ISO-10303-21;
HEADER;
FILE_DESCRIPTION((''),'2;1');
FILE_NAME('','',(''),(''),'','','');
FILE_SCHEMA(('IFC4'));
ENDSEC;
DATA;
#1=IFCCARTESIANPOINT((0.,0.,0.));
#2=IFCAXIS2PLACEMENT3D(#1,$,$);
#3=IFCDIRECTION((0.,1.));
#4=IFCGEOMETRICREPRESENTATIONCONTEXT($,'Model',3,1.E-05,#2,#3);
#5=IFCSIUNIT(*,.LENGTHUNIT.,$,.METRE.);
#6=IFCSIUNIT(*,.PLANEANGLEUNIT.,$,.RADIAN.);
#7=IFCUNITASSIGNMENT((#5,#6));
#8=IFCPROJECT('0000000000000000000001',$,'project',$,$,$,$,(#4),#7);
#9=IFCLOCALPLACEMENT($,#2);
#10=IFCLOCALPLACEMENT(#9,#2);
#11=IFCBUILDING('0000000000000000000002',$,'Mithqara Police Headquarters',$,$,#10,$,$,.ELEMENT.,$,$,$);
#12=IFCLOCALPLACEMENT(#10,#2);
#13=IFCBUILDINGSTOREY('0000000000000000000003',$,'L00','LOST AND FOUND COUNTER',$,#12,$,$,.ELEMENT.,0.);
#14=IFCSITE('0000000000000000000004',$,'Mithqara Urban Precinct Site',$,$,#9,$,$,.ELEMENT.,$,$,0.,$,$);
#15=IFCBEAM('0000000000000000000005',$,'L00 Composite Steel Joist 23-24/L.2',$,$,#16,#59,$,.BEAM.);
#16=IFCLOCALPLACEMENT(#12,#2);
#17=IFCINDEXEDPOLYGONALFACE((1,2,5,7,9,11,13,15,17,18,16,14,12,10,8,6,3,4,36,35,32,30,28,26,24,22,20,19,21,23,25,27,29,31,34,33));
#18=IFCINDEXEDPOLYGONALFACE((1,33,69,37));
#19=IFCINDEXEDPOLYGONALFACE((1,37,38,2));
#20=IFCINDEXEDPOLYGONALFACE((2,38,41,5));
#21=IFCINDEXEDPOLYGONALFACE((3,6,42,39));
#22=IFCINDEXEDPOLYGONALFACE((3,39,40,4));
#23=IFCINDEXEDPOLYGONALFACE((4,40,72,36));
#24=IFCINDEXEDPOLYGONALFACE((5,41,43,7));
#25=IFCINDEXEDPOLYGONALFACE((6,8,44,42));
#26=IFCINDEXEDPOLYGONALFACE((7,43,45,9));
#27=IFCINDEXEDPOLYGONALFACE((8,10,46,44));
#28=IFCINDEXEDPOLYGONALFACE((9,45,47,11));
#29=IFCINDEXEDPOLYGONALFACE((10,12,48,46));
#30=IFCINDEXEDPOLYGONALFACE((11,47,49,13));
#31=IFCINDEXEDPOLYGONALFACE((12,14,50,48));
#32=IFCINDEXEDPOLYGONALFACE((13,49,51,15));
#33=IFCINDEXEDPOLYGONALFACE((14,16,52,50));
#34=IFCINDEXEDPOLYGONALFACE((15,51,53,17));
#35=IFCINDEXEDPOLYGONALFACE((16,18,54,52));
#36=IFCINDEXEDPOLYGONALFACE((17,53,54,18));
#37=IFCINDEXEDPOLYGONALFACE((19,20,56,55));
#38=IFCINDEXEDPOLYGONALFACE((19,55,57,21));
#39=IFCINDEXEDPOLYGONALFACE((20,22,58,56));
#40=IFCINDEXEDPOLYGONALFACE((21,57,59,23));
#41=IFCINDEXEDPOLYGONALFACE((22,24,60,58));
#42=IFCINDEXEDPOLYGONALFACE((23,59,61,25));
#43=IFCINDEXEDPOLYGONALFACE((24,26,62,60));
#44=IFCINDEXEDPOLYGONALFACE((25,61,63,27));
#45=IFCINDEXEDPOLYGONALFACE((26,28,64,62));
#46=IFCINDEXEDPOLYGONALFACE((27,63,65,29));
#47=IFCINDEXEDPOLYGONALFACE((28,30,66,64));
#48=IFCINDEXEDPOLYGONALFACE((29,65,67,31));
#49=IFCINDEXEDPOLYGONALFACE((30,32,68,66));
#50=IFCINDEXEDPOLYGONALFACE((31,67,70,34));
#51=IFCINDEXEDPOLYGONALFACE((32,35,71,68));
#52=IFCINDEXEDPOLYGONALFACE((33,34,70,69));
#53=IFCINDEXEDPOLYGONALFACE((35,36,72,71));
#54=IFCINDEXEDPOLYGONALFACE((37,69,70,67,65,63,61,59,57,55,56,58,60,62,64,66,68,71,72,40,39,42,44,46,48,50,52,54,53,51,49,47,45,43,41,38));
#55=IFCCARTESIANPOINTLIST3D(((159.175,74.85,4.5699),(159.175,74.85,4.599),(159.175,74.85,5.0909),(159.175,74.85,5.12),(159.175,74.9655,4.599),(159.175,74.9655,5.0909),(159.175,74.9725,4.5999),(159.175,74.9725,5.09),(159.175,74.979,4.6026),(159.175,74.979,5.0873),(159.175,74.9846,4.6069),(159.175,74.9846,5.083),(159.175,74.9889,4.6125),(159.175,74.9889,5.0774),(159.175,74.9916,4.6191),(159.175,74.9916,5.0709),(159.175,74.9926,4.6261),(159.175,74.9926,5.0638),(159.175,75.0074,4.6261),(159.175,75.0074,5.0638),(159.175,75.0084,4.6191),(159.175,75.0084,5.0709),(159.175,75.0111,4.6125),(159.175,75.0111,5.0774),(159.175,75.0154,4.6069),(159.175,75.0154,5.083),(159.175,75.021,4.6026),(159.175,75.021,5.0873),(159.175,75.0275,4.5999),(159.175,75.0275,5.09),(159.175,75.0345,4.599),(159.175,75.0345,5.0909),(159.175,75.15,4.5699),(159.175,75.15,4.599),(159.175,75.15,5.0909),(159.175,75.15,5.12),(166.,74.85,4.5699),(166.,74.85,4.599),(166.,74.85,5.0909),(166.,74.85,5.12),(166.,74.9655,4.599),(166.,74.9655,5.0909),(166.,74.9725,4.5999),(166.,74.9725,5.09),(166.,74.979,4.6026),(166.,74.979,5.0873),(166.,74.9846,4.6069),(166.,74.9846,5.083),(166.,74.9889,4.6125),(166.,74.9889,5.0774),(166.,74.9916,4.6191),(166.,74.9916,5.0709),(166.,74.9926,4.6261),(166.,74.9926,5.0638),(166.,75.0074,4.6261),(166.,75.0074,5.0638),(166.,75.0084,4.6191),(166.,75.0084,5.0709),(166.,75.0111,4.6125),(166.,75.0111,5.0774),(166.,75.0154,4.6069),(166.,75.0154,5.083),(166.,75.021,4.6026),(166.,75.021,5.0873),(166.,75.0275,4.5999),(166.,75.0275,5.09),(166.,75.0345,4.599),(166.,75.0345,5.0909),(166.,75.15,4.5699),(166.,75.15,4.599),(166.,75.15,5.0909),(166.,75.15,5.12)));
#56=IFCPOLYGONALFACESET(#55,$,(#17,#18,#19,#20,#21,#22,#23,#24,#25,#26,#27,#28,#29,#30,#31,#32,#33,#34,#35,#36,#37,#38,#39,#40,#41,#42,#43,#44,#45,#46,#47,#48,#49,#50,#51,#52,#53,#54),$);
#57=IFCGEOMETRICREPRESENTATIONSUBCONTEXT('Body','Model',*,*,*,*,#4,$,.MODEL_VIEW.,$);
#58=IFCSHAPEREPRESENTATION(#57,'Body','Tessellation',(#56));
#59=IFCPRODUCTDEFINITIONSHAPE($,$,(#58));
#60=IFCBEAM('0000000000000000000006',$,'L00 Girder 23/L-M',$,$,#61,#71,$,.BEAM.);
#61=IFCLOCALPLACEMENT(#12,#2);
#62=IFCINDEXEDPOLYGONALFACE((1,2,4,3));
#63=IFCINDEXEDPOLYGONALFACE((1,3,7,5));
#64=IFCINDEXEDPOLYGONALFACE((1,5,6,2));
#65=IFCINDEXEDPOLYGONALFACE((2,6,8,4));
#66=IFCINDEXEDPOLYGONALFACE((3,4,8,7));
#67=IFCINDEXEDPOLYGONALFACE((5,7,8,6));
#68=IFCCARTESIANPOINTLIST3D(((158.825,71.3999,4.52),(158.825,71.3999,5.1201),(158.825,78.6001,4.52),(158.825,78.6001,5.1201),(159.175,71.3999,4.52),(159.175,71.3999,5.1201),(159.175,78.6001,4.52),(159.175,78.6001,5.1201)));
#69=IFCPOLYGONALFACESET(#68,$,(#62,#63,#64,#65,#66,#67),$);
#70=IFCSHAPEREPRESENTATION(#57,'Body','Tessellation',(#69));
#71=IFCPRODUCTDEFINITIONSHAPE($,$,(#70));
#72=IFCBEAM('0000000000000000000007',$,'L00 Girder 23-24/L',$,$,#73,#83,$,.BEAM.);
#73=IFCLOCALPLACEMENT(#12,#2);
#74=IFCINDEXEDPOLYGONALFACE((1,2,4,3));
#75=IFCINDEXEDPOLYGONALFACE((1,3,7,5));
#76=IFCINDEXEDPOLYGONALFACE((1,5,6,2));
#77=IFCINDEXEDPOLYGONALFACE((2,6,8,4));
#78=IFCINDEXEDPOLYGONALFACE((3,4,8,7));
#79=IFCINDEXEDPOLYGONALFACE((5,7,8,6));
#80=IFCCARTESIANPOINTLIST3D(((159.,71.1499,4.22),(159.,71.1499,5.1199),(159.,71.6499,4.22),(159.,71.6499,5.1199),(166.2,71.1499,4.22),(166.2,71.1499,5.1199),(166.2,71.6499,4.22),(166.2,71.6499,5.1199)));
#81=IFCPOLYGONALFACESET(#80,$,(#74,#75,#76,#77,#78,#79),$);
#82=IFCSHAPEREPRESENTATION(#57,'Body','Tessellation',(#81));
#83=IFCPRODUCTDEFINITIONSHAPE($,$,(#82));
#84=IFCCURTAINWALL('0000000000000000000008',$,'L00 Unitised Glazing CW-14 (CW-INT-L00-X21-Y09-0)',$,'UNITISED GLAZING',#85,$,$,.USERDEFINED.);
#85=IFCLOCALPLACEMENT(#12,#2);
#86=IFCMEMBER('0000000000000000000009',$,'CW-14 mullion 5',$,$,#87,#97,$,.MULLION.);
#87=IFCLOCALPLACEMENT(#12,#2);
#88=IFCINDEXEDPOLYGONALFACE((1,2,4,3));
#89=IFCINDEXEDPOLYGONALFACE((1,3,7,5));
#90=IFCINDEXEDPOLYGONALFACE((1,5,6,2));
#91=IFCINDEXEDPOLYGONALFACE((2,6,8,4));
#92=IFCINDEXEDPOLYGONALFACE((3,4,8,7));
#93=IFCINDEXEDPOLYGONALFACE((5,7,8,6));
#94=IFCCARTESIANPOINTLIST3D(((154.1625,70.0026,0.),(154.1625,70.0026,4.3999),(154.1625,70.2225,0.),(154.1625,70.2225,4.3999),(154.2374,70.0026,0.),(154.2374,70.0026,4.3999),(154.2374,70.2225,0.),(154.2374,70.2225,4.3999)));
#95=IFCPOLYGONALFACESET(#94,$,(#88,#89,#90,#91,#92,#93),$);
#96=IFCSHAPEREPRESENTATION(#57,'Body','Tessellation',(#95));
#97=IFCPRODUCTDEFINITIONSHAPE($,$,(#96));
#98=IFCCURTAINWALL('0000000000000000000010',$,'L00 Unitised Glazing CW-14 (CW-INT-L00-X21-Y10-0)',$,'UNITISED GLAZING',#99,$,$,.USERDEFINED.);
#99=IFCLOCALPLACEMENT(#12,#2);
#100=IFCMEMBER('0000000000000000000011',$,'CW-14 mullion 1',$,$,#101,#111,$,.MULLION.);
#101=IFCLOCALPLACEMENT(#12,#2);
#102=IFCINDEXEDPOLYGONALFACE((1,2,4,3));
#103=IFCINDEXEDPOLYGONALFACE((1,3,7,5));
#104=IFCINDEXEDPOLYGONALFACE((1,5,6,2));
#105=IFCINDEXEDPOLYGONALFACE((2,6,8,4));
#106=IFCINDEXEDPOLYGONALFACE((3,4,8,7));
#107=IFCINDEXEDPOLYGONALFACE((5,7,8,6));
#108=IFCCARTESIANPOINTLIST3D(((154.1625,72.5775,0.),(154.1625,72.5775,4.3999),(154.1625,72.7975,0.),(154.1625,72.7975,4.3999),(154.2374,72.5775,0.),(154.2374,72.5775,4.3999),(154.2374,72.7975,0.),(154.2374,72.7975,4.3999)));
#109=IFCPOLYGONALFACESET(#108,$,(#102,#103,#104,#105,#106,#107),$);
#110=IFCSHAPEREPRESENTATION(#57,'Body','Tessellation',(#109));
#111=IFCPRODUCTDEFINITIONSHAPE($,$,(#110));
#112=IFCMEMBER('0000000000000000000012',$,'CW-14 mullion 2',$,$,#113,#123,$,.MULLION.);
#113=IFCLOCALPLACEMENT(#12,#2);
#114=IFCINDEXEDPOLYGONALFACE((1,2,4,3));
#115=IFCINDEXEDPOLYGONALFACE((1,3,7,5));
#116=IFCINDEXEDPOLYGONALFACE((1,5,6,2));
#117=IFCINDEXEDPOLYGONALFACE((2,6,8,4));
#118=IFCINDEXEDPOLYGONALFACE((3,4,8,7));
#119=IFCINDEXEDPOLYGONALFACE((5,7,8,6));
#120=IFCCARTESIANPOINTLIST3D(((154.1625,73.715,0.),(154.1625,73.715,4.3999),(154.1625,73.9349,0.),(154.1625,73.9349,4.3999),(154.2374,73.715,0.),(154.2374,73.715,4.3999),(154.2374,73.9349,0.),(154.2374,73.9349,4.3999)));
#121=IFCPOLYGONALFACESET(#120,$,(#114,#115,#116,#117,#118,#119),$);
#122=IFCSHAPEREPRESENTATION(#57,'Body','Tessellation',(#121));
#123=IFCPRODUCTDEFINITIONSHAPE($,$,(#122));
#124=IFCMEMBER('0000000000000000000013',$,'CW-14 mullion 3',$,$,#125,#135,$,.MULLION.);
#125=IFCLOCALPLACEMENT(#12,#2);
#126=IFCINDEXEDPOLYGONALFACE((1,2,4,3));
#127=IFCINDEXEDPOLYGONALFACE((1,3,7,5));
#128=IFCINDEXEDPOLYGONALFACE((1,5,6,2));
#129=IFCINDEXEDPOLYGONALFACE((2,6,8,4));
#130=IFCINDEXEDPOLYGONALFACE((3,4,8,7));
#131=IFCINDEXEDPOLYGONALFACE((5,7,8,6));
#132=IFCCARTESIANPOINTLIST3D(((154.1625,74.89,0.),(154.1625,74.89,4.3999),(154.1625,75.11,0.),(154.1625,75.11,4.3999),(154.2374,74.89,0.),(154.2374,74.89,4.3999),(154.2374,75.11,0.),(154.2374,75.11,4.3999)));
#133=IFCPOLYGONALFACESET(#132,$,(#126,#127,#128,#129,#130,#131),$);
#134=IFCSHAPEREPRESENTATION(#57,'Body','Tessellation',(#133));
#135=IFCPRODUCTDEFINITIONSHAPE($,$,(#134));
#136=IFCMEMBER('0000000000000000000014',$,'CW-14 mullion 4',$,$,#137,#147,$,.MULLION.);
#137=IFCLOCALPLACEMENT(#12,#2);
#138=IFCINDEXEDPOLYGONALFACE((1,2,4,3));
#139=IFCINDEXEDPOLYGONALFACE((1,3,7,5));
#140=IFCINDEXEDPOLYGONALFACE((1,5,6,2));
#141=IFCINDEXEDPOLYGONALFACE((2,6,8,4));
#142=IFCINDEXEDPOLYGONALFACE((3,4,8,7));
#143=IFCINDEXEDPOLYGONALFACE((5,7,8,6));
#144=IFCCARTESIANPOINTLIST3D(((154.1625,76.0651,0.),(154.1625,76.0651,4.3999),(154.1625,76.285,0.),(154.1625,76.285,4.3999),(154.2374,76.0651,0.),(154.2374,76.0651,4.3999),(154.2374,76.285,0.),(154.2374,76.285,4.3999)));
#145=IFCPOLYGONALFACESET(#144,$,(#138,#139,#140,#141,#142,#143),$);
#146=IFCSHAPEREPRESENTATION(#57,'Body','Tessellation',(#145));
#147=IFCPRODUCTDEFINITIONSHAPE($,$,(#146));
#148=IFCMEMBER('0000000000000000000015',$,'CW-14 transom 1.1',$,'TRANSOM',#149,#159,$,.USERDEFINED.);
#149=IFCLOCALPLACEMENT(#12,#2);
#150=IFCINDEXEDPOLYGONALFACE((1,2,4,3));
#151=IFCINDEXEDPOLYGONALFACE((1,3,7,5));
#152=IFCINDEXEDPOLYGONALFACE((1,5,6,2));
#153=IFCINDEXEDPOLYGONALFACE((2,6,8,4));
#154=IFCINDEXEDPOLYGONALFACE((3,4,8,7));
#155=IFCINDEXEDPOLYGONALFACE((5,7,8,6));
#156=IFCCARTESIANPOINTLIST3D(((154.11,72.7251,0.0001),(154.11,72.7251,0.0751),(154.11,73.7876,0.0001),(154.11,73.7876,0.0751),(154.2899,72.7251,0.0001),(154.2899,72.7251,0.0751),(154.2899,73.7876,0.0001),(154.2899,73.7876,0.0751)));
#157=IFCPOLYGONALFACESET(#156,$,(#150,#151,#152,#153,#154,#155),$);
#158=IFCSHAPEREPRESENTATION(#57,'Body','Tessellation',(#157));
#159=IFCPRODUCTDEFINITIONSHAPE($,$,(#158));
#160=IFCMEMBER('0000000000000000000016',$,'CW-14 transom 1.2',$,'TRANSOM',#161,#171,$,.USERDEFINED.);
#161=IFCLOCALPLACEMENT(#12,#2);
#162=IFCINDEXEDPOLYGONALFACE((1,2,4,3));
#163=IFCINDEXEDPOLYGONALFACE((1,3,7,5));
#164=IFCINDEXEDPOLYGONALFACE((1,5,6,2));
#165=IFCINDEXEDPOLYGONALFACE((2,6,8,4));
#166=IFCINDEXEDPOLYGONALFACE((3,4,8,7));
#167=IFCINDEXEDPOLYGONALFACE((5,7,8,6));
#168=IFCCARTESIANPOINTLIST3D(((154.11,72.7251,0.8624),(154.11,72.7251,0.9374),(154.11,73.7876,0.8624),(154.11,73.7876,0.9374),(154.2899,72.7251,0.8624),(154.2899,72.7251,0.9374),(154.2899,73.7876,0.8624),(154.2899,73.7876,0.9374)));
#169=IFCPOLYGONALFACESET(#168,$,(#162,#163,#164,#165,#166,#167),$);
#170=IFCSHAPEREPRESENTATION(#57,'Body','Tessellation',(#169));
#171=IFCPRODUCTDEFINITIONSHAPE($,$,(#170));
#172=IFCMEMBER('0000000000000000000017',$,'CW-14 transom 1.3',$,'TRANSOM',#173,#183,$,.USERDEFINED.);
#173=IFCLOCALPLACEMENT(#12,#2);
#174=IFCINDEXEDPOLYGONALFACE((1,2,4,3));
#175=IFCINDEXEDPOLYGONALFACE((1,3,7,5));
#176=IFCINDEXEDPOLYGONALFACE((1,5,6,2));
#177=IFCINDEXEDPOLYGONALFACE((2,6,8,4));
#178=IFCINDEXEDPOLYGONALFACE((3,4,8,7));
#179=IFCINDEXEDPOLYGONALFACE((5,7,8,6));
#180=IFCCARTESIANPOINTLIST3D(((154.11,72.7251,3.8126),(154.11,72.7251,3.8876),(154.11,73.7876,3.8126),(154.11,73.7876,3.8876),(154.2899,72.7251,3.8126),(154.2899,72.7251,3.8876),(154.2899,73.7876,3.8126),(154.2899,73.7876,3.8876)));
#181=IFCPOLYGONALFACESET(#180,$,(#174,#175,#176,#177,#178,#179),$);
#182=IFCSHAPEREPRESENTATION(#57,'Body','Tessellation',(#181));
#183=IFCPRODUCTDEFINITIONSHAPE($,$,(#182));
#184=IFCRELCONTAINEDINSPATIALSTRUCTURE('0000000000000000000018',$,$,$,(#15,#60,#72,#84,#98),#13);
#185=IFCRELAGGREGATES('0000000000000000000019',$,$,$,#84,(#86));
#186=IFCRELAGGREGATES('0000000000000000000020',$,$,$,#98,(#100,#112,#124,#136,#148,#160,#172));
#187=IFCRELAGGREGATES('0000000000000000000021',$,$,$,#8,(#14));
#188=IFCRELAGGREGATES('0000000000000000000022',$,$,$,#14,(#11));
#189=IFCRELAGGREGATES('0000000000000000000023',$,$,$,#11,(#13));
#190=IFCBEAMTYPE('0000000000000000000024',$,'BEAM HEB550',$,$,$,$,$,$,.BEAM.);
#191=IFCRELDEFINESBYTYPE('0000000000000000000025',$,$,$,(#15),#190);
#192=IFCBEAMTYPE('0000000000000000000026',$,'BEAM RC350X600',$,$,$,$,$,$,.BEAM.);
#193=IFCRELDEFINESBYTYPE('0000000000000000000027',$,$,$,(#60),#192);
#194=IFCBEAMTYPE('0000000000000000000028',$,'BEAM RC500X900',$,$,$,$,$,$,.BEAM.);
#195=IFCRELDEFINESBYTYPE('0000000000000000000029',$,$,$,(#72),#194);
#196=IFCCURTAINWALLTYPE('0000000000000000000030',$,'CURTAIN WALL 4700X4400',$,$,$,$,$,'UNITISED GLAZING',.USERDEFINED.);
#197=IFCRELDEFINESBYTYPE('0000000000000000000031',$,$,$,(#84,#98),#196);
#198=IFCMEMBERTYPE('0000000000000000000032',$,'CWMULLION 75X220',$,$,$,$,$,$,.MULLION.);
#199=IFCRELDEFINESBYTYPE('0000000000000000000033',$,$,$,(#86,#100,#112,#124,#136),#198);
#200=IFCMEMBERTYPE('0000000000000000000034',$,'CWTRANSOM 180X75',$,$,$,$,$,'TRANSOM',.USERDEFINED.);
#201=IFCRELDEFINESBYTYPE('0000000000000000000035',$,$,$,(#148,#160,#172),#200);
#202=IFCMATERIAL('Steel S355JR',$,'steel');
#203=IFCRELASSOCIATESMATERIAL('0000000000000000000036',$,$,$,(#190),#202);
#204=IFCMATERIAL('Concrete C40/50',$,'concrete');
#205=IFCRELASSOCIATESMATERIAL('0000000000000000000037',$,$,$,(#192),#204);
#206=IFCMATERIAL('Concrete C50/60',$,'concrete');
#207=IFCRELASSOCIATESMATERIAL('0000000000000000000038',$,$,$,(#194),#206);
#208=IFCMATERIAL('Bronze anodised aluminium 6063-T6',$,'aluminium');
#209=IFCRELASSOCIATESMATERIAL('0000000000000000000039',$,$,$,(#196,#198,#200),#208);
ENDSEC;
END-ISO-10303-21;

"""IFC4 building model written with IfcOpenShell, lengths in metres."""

from ifc_helpers import new_model, si_unit, direction, frame, origin, origin_2d, place, context, subcontext, project, spatial, rectangle, i_section, extrude, material, material_profile, profile_set, type_object, element, aggregate, save


model = new_model("IFC4")

# Units and contexts
model_context = context("Model", 3, precision=1e-05, world=origin(), true_north=direction((0.0, 1.0)))
body_context = subcontext(model_context, "Body", "Model", "MODEL_VIEW")
ifc_project = project(units=[si_unit("LENGTHUNIT", "METRE"), si_unit("PLANEANGLEUNIT", "RADIAN")], contexts=[model_context])

# Site, building, storey
site_placement = place(None, origin())
site = spatial("IfcSite", under=ifc_project, at=site_placement, Name="Mithqara Urban Precinct Site", CompositionType="ELEMENT", RefElevation=0.0)
building_placement = place(site_placement, origin())
building = spatial("IfcBuilding", under=site, at=building_placement, Name="Mithqara Police Headquarters", CompositionType="ELEMENT")
storey_placement = place(building_placement, origin())
storey = spatial("IfcBuildingStorey", under=building, at=storey_placement, Name="L00", Description="LOST AND FOUND COUNTER", CompositionType="ELEMENT", Elevation=0.0)

# Shared definitions
ifc_material_1 = material(Name="Concrete C50/60", Category="concrete")

# Beams
ifc_material_2 = material(Name="Steel S355JR", Category="steel")
ifc_material_profile_1 = material_profile(ifc_material_2, i_section(OverallWidth=0.3, OverallDepth=0.55, WebThickness=0.0149, FlangeThickness=0.0291, FilletRadius=0.0271, at=origin_2d()), Name="HEB 550")
ifc_profile_set_1 = profile_set([ifc_material_profile_1], Name="Steel S355JR")
beam_type_1 = type_object("IfcBeamType", Name="BEAM HEB550", PredefinedType="BEAM", material=ifc_profile_set_1)
for number, where, z_axis, x_axis, name in (
    (1, (159.175, 75.0, 4.845), (1.0, 0.0, 0.0), (0.0, 1.0, 0.0), "L00 Composite Steel Joist 23-24/L.2"),
):
    element("IfcBeam", number, at=place(storey_placement, frame(where, z_axis=z_axis, x_axis=x_axis)), inside=storey, type_object=beam_type_1, Name=name, PredefinedType="BEAM", context=body_context, shape_type="SweptSolid", body=[
        extrude(i_section(OverallWidth=0.3, OverallDepth=0.55, WebThickness=0.0149, FlangeThickness=0.0291, FilletRadius=0.0271, at=origin_2d()), origin(), (0.0, 0.0, 1.0), 6.825),
    ])
ifc_material_3 = material(Name="Concrete C40/50", Category="concrete")
ifc_material_profile_2 = material_profile(ifc_material_3, rectangle(XDim=0.3501, YDim=0.6001, at=origin_2d()), Name="RC 350x600")
ifc_profile_set_2 = profile_set([ifc_material_profile_2], Name="Concrete C40/50")
beam_type_2 = type_object("IfcBeamType", Name="BEAM RC350X600", PredefinedType="BEAM", material=ifc_profile_set_2)
beam_1_placement = place(storey_placement, frame((159.0, 71.3999, 4.8201), z_axis=(0.0, 1.0, 0.0), x_axis=(-1.0, 0.0, 0.0)))
element("IfcBeam", 2, at=beam_1_placement, inside=storey, type_object=beam_type_2, Name="L00 Girder 23/L-M", PredefinedType="BEAM", context=body_context, shape_type="SweptSolid", body=[
    extrude(rectangle(XDim=0.3501, YDim=0.6001, at=origin_2d()), origin(), (0.0, 0.0, 1.0), 7.2002),
])
ifc_material_profile_3 = material_profile(ifc_material_1, rectangle(XDim=0.5, YDim=0.8999, at=origin_2d()), Name="RC 500x900")
ifc_profile_set_3 = profile_set([ifc_material_profile_3], Name="Concrete C50/60")
beam_type_3 = type_object("IfcBeamType", Name="BEAM RC500X900", PredefinedType="BEAM", material=ifc_profile_set_3)
beam_2_placement = place(storey_placement, frame((159.0, 71.3999, 4.6699), z_axis=(1.0, 0.0, 0.0), x_axis=(0.0, 1.0, 0.0)))
element("IfcBeam", 3, at=beam_2_placement, inside=storey, type_object=beam_type_3, Name="L00 Girder 23-24/L", PredefinedType="BEAM", context=body_context, shape_type="SweptSolid", body=[
    extrude(rectangle(XDim=0.5, YDim=0.8999, at=origin_2d()), origin(), (0.0, 0.0, 1.0), 7.2),
])

# Curtain wall, member
ifc_material_4 = material(Name="Bronze anodised aluminium 6063-T6", Category="aluminium")
curtain_wall_type = type_object("IfcCurtainWallType", Name="CURTAIN WALL 4700X4400", ElementType="UNITISED GLAZING", PredefinedType="USERDEFINED", material=ifc_material_4)
curtain_wall_1_placement = place(storey_placement, origin())
curtain_wall_1 = element("IfcCurtainWall", 4, at=curtain_wall_1_placement, inside=storey, type_object=curtain_wall_type, Name="L00 Unitised Glazing CW-14 (CW-INT-L00-X21-Y09-0)", ObjectType="UNITISED GLAZING", PredefinedType="USERDEFINED")
ifc_material_profile_4 = material_profile(ifc_material_4, rectangle(XDim=0.075, YDim=0.22, at=origin_2d()), Name="CWM 75x220")
ifc_profile_set_4 = profile_set([ifc_material_profile_4], Name="Bronze anodised aluminium 6063-T6")
member_type_1 = type_object("IfcMemberType", Name="CWMULLION 75X220", PredefinedType="MULLION", material=ifc_profile_set_4)
member_1_placement = place(storey_placement, frame((154.2, 70.1125, 0.0), z_axis=(0.0, 0.0, 1.0), x_axis=(-1.0, 0.0, 0.0)))
member_1 = element("IfcMember", 5, at=member_1_placement, type_object=member_type_1, Name="CW-14 mullion 5", PredefinedType="MULLION", context=body_context, shape_type="SweptSolid", body=[
    extrude(rectangle(XDim=0.075, YDim=0.22, at=origin_2d()), origin(), (0.0, 0.0, 1.0), 4.3999),
])
aggregate(curtain_wall_1, [member_1])

# Curtain wall, members
curtain_wall_2_placement = place(storey_placement, origin())
curtain_wall_2 = element("IfcCurtainWall", 6, at=curtain_wall_2_placement, inside=storey, type_object=curtain_wall_type, Name="L00 Unitised Glazing CW-14 (CW-INT-L00-X21-Y10-0)", ObjectType="UNITISED GLAZING", PredefinedType="USERDEFINED")
member_2_placement = place(storey_placement, frame((154.2, 72.6875, 0.0), z_axis=(0.0, 0.0, 1.0), x_axis=(-1.0, 0.0, 0.0)))
member_2 = element("IfcMember", 7, at=member_2_placement, type_object=member_type_1, Name="CW-14 mullion 1", PredefinedType="MULLION", context=body_context, shape_type="SweptSolid", body=[
    extrude(rectangle(XDim=0.075, YDim=0.22, at=origin_2d()), origin(), (0.0, 0.0, 1.0), 4.3999),
])
member_3_placement = place(storey_placement, frame((154.2, 73.825, 0.0), z_axis=(0.0, 0.0, 1.0), x_axis=(-1.0, 0.0, 0.0)))
member_3 = element("IfcMember", 8, at=member_3_placement, type_object=member_type_1, Name="CW-14 mullion 2", PredefinedType="MULLION", context=body_context, shape_type="SweptSolid", body=[
    extrude(rectangle(XDim=0.075, YDim=0.22, at=origin_2d()), origin(), (0.0, 0.0, 1.0), 4.3999),
])
member_4_placement = place(storey_placement, frame((154.2, 75.0, 0.0), z_axis=(0.0, 0.0, 1.0), x_axis=(-1.0, 0.0, 0.0)))
member_4 = element("IfcMember", 9, at=member_4_placement, type_object=member_type_1, Name="CW-14 mullion 3", PredefinedType="MULLION", context=body_context, shape_type="SweptSolid", body=[
    extrude(rectangle(XDim=0.075, YDim=0.22, at=origin_2d()), origin(), (0.0, 0.0, 1.0), 4.3999),
])
member_5_placement = place(storey_placement, frame((154.2, 76.175, 0.0), z_axis=(0.0, 0.0, 1.0), x_axis=(-1.0, 0.0, 0.0)))
member_5 = element("IfcMember", 10, at=member_5_placement, type_object=member_type_1, Name="CW-14 mullion 4", PredefinedType="MULLION", context=body_context, shape_type="SweptSolid", body=[
    extrude(rectangle(XDim=0.075, YDim=0.22, at=origin_2d()), origin(), (0.0, 0.0, 1.0), 4.3999),
])
ifc_material_profile_5 = material_profile(ifc_material_4, rectangle(XDim=0.1799, YDim=0.075, at=origin_2d()), Name="CWT 180x75")
ifc_profile_set_5 = profile_set([ifc_material_profile_5], Name="Bronze anodised aluminium 6063-T6")
member_type_2 = type_object("IfcMemberType", Name="CWTRANSOM 180X75", ElementType="TRANSOM", PredefinedType="USERDEFINED", material=ifc_profile_set_5)
member_6_placement = place(storey_placement, frame((154.2, 72.7251, 0.0376), z_axis=(0.0, 1.0, 0.0), x_axis=(-1.0, 0.0, 0.0)))
member_6 = element("IfcMember", 11, at=member_6_placement, type_object=member_type_2, Name="CW-14 transom 1.1", ObjectType="TRANSOM", PredefinedType="USERDEFINED", context=body_context, shape_type="SweptSolid", body=[
    extrude(rectangle(XDim=0.1799, YDim=0.075, at=origin_2d()), origin(), (0.0, 0.0, 1.0), 1.0625),
])
member_7_placement = place(storey_placement, frame((154.2, 72.7251, 0.8999), z_axis=(0.0, 1.0, 0.0), x_axis=(-1.0, 0.0, 0.0)))
member_7 = element("IfcMember", 12, at=member_7_placement, type_object=member_type_2, Name="CW-14 transom 1.2", ObjectType="TRANSOM", PredefinedType="USERDEFINED", context=body_context, shape_type="SweptSolid", body=[
    extrude(rectangle(XDim=0.1799, YDim=0.075, at=origin_2d()), origin(), (0.0, 0.0, 1.0), 1.0625),
])
member_8_placement = place(storey_placement, frame((154.2, 72.7251, 3.8501), z_axis=(0.0, 1.0, 0.0), x_axis=(-1.0, 0.0, 0.0)))
member_8 = element("IfcMember", 13, at=member_8_placement, type_object=member_type_2, Name="CW-14 transom 1.3", ObjectType="TRANSOM", PredefinedType="USERDEFINED", context=body_context, shape_type="SweptSolid", body=[
    extrude(rectangle(XDim=0.1799, YDim=0.075, at=origin_2d()), origin(), (0.0, 0.0, 1.0), 1.0625),
])
aggregate(curtain_wall_2, [member_2, member_3, member_4, member_5, member_6, member_7, member_8])

save(model, "model.ifc")
